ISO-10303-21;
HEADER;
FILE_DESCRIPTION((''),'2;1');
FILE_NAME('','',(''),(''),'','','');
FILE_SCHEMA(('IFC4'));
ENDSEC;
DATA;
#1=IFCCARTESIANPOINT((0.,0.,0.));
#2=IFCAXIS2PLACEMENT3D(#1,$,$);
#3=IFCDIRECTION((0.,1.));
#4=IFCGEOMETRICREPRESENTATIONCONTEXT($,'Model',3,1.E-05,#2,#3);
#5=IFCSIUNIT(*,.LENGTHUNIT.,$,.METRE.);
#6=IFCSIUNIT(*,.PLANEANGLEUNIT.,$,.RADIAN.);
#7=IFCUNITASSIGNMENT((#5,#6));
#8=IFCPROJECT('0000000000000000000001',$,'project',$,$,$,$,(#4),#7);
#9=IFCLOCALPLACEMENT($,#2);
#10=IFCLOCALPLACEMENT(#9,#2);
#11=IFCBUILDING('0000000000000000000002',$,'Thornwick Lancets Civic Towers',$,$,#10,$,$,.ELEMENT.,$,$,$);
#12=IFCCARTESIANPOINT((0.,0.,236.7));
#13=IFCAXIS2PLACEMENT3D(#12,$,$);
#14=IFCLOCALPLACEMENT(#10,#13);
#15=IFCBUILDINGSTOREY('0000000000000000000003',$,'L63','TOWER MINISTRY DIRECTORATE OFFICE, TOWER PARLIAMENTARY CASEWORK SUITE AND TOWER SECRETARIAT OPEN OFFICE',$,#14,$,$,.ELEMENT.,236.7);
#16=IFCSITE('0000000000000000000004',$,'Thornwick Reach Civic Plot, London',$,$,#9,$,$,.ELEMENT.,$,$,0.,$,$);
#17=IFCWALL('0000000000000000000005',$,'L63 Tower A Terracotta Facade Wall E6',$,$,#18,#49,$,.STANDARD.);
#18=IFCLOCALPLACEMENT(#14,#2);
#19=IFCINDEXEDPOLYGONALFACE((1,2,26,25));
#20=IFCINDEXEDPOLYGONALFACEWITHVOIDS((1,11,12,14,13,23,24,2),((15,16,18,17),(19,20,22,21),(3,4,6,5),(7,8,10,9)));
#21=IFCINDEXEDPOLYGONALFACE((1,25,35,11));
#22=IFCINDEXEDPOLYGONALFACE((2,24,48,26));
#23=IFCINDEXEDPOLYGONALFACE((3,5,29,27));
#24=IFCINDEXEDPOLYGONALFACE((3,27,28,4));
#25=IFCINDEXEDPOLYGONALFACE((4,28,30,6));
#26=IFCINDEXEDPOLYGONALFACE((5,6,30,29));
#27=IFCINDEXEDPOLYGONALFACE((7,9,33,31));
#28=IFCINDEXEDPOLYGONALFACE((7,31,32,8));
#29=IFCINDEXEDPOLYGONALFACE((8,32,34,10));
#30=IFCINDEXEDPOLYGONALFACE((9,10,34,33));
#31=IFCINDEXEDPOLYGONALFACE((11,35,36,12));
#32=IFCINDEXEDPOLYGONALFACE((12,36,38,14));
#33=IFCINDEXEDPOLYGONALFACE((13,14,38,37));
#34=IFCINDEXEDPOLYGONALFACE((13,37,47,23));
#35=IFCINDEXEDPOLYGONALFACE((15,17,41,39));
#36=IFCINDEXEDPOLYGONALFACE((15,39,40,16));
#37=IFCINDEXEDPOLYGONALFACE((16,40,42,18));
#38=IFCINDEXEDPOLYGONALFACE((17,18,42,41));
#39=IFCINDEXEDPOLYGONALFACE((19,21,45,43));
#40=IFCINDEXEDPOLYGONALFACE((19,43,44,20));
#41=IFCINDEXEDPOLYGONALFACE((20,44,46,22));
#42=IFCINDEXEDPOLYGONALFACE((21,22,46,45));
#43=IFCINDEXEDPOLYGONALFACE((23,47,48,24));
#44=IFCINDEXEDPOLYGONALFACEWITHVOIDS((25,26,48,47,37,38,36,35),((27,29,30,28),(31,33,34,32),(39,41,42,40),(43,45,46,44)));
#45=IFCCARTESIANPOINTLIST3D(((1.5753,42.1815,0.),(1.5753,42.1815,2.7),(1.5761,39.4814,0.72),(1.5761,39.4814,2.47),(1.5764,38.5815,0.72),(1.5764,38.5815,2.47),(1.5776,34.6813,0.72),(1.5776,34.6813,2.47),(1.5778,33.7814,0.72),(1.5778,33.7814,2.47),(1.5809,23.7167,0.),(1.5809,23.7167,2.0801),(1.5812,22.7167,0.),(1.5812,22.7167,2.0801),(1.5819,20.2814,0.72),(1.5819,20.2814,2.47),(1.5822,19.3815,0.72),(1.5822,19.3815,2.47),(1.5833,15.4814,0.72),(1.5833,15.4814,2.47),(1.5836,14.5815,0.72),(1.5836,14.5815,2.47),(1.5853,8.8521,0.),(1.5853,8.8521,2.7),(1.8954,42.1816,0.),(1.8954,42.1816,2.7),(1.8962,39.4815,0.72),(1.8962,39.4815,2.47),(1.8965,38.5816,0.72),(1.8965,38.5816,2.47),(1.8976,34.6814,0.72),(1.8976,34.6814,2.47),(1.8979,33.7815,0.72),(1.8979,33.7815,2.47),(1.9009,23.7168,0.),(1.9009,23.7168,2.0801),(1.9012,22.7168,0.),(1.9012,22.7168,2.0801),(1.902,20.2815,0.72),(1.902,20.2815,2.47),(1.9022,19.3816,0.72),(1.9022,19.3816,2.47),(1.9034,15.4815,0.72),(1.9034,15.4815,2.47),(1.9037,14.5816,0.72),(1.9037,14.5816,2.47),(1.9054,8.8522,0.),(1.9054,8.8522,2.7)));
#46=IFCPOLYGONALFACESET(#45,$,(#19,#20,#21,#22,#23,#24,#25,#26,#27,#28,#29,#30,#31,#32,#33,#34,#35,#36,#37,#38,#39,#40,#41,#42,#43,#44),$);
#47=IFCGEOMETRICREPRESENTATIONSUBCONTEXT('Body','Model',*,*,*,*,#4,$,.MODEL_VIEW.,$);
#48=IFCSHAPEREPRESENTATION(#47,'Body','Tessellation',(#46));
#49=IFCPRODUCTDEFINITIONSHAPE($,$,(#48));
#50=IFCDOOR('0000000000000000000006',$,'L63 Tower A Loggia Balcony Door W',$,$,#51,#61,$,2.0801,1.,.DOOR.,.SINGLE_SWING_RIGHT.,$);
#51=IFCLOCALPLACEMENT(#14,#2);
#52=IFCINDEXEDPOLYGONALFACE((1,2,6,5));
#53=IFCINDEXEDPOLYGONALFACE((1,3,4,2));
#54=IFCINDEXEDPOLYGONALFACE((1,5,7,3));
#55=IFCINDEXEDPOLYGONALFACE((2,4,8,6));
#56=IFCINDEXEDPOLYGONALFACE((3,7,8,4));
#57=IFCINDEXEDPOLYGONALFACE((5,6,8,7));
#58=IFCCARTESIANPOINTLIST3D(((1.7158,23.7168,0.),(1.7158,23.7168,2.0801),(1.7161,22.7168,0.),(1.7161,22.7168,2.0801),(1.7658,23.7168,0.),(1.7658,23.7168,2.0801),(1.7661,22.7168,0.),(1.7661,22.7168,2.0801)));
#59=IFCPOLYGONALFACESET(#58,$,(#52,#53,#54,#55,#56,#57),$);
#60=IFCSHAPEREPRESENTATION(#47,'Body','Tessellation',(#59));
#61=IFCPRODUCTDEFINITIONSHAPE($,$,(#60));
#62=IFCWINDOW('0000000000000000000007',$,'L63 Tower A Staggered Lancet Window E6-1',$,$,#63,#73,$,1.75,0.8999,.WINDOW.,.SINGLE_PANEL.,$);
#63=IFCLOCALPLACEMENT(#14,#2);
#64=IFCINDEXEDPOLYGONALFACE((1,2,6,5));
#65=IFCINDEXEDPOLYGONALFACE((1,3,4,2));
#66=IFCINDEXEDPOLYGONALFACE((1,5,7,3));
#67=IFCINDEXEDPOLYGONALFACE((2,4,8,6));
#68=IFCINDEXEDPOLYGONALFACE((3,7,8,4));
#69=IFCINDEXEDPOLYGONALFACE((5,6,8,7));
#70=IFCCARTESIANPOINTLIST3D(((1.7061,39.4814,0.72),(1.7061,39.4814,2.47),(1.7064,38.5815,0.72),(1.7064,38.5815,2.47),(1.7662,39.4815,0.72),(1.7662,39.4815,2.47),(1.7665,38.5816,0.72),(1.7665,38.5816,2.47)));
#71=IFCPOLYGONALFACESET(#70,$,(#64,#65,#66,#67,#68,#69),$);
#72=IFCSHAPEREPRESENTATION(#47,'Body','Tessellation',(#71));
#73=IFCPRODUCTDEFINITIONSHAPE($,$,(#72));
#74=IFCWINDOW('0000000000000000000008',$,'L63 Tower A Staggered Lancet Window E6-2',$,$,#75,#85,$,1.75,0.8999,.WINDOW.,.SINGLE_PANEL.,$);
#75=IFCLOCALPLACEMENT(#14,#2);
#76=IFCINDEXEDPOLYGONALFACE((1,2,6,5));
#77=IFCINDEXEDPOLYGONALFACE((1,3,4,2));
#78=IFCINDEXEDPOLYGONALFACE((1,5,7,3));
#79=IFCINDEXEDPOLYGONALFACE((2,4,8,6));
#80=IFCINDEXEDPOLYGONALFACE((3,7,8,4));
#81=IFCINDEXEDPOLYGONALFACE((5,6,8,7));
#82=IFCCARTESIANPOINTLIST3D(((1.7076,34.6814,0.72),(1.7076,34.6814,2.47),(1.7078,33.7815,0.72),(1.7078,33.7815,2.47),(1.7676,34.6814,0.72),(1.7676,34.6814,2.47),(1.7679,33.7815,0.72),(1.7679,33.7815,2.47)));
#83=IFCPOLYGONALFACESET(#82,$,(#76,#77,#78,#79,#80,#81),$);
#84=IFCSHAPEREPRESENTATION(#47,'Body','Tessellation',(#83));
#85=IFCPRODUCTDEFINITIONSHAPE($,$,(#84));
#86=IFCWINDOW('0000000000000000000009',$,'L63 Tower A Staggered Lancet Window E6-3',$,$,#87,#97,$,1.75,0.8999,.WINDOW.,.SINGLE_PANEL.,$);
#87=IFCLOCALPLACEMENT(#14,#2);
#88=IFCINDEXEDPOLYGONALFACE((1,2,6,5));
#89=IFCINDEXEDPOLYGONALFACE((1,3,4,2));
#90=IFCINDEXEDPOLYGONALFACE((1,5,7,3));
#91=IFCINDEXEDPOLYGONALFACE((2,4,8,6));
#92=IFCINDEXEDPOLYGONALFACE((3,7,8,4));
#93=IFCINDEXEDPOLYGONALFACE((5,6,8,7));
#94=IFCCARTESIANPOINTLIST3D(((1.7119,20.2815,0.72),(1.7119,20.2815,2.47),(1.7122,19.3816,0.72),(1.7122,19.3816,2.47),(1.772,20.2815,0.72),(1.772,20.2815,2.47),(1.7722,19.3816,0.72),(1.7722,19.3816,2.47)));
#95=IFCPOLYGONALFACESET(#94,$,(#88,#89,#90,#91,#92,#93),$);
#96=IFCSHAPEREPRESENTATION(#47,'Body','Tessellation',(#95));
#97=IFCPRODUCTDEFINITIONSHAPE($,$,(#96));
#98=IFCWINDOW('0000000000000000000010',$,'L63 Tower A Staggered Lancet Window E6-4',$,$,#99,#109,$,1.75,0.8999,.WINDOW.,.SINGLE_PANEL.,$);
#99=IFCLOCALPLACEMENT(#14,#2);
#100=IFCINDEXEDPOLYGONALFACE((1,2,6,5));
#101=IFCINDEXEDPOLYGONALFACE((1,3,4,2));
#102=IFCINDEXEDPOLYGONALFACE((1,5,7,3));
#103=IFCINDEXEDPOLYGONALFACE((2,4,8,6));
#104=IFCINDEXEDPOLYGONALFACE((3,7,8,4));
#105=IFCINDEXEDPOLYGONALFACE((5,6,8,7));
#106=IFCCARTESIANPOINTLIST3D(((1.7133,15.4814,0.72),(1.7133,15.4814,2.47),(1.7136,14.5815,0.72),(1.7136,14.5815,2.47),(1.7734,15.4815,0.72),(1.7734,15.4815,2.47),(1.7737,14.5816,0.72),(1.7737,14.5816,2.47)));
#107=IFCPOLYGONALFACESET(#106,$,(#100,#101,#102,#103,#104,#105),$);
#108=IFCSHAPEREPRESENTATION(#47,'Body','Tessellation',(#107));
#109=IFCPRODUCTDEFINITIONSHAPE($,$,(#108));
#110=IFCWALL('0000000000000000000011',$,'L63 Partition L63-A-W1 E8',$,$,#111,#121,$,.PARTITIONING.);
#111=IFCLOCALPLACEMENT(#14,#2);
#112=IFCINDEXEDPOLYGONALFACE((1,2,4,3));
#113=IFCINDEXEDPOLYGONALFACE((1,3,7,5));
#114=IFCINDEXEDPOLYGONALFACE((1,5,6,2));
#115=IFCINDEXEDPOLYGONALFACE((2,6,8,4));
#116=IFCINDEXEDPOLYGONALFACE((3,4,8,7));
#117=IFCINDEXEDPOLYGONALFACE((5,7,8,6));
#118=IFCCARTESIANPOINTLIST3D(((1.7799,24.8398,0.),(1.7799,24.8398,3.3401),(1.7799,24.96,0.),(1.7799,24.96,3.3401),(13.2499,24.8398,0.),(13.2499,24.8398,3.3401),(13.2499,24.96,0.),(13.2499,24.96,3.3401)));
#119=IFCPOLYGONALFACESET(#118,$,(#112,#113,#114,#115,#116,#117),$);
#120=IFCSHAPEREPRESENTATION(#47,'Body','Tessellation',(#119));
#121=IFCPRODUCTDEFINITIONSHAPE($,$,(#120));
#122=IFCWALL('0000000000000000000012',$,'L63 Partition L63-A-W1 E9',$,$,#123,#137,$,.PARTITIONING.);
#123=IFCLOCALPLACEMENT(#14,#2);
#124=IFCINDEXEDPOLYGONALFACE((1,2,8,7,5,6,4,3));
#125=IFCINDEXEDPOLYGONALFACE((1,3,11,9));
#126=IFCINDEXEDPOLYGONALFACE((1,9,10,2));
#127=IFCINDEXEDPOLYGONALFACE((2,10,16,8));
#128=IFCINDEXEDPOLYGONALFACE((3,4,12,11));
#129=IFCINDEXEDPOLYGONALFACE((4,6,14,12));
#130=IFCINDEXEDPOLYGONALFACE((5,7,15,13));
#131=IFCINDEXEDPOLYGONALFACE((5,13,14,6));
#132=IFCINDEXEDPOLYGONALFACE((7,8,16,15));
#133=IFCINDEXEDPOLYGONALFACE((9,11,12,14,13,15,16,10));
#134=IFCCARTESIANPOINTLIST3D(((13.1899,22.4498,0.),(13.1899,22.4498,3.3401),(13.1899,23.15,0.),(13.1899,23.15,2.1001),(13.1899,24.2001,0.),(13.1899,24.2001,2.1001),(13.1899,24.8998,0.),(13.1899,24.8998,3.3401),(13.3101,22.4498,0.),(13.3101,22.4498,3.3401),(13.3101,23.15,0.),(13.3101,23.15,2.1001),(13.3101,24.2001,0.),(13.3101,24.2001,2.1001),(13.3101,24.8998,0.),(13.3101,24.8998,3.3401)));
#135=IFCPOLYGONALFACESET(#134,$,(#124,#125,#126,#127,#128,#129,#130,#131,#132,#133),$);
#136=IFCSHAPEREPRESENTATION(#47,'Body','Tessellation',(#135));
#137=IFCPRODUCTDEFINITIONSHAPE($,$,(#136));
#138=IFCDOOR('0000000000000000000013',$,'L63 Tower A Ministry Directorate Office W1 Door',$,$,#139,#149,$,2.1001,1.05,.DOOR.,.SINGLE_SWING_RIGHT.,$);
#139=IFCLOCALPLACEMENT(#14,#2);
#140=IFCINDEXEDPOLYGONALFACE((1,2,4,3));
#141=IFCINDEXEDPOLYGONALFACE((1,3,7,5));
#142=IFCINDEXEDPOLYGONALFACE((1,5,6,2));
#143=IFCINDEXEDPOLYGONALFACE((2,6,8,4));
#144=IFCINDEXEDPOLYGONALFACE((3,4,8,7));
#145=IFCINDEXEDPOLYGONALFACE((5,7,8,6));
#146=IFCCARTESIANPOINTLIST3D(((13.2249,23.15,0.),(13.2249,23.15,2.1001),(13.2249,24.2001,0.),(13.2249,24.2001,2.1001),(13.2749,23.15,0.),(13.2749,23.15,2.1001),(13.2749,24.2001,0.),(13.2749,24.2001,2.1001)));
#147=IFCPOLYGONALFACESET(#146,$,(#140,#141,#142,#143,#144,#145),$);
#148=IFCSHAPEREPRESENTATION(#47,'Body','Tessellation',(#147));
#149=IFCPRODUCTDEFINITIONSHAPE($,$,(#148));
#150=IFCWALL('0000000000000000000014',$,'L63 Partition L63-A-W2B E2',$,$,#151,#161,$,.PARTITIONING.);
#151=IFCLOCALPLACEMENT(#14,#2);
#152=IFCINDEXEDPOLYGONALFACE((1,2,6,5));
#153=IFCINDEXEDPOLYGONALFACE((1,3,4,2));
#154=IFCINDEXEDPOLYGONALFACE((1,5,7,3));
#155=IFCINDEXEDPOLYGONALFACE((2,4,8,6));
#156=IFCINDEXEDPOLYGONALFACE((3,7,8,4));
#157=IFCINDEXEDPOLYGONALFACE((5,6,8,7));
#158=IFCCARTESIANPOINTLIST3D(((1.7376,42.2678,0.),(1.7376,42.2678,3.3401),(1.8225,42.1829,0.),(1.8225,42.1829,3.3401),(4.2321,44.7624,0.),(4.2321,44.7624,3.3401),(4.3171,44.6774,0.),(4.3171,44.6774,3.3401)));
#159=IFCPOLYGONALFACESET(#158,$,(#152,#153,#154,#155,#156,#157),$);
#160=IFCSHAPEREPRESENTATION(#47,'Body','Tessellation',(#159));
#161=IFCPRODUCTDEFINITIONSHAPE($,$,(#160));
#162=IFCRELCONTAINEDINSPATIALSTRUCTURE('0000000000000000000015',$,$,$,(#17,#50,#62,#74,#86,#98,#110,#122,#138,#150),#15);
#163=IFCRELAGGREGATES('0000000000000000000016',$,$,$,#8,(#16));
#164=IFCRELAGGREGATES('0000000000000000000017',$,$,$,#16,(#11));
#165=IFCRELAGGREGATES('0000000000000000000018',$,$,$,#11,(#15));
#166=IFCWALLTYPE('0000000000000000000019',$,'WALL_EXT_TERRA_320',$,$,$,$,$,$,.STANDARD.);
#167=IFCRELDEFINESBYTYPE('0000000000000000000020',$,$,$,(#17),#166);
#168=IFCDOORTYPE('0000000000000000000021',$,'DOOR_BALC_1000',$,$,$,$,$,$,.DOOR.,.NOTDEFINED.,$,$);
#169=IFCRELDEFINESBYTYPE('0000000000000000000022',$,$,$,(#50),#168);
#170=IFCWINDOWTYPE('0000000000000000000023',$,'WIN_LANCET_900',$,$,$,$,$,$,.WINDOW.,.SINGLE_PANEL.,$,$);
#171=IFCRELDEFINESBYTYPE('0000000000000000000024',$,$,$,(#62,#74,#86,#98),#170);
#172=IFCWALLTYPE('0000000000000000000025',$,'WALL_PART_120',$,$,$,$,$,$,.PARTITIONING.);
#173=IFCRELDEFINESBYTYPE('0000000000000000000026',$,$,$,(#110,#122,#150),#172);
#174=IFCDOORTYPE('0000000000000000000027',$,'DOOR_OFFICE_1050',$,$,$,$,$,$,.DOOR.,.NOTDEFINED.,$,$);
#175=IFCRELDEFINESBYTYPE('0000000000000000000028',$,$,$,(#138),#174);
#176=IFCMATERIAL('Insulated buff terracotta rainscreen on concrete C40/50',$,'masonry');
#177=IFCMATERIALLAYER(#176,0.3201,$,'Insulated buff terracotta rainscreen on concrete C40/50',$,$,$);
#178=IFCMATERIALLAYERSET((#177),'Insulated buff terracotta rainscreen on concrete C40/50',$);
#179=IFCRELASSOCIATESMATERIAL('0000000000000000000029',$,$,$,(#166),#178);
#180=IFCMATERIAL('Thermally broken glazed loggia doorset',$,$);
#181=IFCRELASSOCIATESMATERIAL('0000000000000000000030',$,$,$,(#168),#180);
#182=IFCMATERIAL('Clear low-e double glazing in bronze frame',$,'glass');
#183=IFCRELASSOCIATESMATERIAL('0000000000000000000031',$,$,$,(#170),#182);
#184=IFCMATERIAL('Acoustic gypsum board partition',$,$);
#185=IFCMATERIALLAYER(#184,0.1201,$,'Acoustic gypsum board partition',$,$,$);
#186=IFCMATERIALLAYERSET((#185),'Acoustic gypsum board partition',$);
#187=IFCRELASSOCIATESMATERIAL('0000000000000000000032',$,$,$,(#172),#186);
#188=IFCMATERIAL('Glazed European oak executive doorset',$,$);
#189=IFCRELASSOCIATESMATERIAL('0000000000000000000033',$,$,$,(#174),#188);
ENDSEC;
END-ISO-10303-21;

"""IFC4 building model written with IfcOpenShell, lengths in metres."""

from ifc_helpers import new_model, si_unit, direction, frame, frame_2d, origin, place, context, subcontext, project, spatial, rectangle, extrude, material, layer, layer_set, type_object, element, fill, save


model = new_model("IFC4")

# Units and contexts
model_context = context("Model", 3, precision=1e-05, world=origin(), true_north=direction((0.0, 1.0)))
body_context = subcontext(model_context, "Body", "Model", "MODEL_VIEW")
ifc_project = project(units=[si_unit("LENGTHUNIT", "METRE"), si_unit("PLANEANGLEUNIT", "RADIAN")], contexts=[model_context])

# Site, building, storey
site_placement = place(None, origin())
site = spatial("IfcSite", under=ifc_project, at=site_placement, Name="Thornwick Reach Civic Plot, London", CompositionType="ELEMENT", RefElevation=0.0)
building_placement = place(site_placement, origin())
building = spatial("IfcBuilding", under=site, at=building_placement, Name="Thornwick Lancets Civic Towers", CompositionType="ELEMENT")
storey_placement = place(building_placement, frame((0.0, 0.0, 236.7)))
storey = spatial("IfcBuildingStorey", under=building, at=storey_placement, Name="L63", Description="TOWER MINISTRY DIRECTORATE OFFICE, TOWER PARLIAMENTARY CASEWORK SUITE AND TOWER SECRETARIAT OPEN OFFICE", CompositionType="ELEMENT", Elevation=236.7)

# Wall, openings, door, windows
ifc_material_1 = material(Name="Insulated buff terracotta rainscreen on concrete C40/50", Category="masonry")
ifc_layer_1 = layer(ifc_material_1, 0.3201, Name="Insulated buff terracotta rainscreen on concrete C40/50")
ifc_layer_set_1 = layer_set([ifc_layer_1], Name="Insulated buff terracotta rainscreen on concrete C40/50")
wall_type_1 = type_object("IfcWallType", Name="WALL_EXT_TERRA_320", PredefinedType="STANDARD", material=ifc_layer_set_1)
wall_1_placement = place(storey_placement, frame((1.7354, 42.1814, 0.0), z_axis=(0.0, 0.0, 1.0), x_axis=(0.0003, -1.0, 0.0)))
wall_1 = element("IfcWall", 1, at=wall_1_placement, inside=storey, type_object=wall_type_1, Name="L63 Tower A Terracotta Facade Wall E6", PredefinedType="STANDARD", context=body_context, shape_type="SweptSolid", body=[
    extrude(rectangle(XDim=33.3293, YDim=0.3201, at=frame_2d((16.6646, 0.0))), origin(), (0.0, 0.0, 1.0), 2.7),
])
opening_1_placement = place(wall_1_placement, frame((18.4646, 0.0, 0.0)))
opening_1 = element("IfcOpeningElement", 2, at=opening_1_placement, cuts=wall_1, PredefinedType="OPENING", context=body_context, shape_type="SweptSolid", body=[
    extrude(rectangle(XDim=1.0, YDim=2.0801, at=frame_2d((0.5, 1.04))), frame((0.0, 0.1699, 0.0), z_axis=(0.0, -1.0, 0.0), x_axis=(1.0, 0.0, 0.0)), (0.0, 0.0, 1.0), 0.3401),
])
opening_2_placement = place(wall_1_placement, frame((2.7, 0.0, 0.72)))
opening_2 = element("IfcOpeningElement", 3, at=opening_2_placement, cuts=wall_1, PredefinedType="OPENING", context=body_context, shape_type="SweptSolid", body=[
    extrude(rectangle(XDim=0.8999, YDim=1.75, at=frame_2d((0.45, 0.875))), frame((0.0, 0.1699, 0.0), z_axis=(0.0, -1.0, 0.0), x_axis=(1.0, 0.0, 0.0)), (0.0, 0.0, 1.0), 0.3401),
])
opening_3_placement = place(wall_1_placement, frame((7.5, 0.0, 0.72)))
opening_3 = element("IfcOpeningElement", 4, at=opening_3_placement, cuts=wall_1, PredefinedType="OPENING", context=body_context, shape_type="SweptSolid", body=[
    extrude(rectangle(XDim=0.8999, YDim=1.75, at=frame_2d((0.45, 0.875))), frame((0.0, 0.1699, 0.0), z_axis=(0.0, -1.0, 0.0), x_axis=(1.0, 0.0, 0.0)), (0.0, 0.0, 1.0), 0.3401),
])
opening_4_placement = place(wall_1_placement, frame((21.8999, 0.0, 0.72)))
opening_4 = element("IfcOpeningElement", 5, at=opening_4_placement, cuts=wall_1, PredefinedType="OPENING", context=body_context, shape_type="SweptSolid", body=[
    extrude(rectangle(XDim=0.8999, YDim=1.75, at=frame_2d((0.45, 0.875))), frame((0.0, 0.1699, 0.0), z_axis=(0.0, -1.0, 0.0), x_axis=(1.0, 0.0, 0.0)), (0.0, 0.0, 1.0), 0.3401),
])
opening_5_placement = place(wall_1_placement, frame((26.7, 0.0, 0.72)))
opening_5 = element("IfcOpeningElement", 6, at=opening_5_placement, cuts=wall_1, PredefinedType="OPENING", context=body_context, shape_type="SweptSolid", body=[
    extrude(rectangle(XDim=0.8999, YDim=1.75, at=frame_2d((0.45, 0.875))), frame((0.0, 0.1699, 0.0), z_axis=(0.0, -1.0, 0.0), x_axis=(1.0, 0.0, 0.0)), (0.0, 0.0, 1.0), 0.3401),
])
ifc_material_2 = material(Name="Thermally broken glazed loggia doorset")
door_type_1 = type_object("IfcDoorType", Name="DOOR_BALC_1000", OperationType="NOTDEFINED", PredefinedType="DOOR", material=ifc_material_2)
door_1_placement = place(opening_1_placement, origin())
door_1 = element("IfcDoor", 7, at=door_1_placement, inside=storey, type_object=door_type_1, Name="L63 Tower A Loggia Balcony Door W", OperationType="SINGLE_SWING_RIGHT", OverallHeight=2.0801, OverallWidth=1.0, PredefinedType="DOOR", context=body_context, shape_type="SweptSolid", body=[
    extrude(rectangle(XDim=1.0, YDim=2.0801, at=frame_2d((0.5, 1.04))), frame((0.0, 0.0249, 0.0), z_axis=(0.0, -1.0, 0.0), x_axis=(1.0, 0.0, 0.0)), (0.0, 0.0, 1.0), 0.05),
])
fill(opening_1, door_1)
ifc_material_3 = material(Name="Clear low-e double glazing in bronze frame", Category="glass")
window_type = type_object("IfcWindowType", Name="WIN_LANCET_900", PartitioningType="SINGLE_PANEL", PredefinedType="WINDOW", material=ifc_material_3)
window_1_placement = place(opening_2_placement, origin())
window_1 = element("IfcWindow", 8, at=window_1_placement, inside=storey, type_object=window_type, Name="L63 Tower A Staggered Lancet Window E6-1", OverallHeight=1.75, OverallWidth=0.8999, PartitioningType="SINGLE_PANEL", PredefinedType="WINDOW", context=body_context, shape_type="SweptSolid", body=[
    extrude(rectangle(XDim=0.8999, YDim=1.75, at=frame_2d((0.45, 0.875))), frame((0.0, 0.03, 0.0), z_axis=(0.0, -1.0, 0.0), x_axis=(1.0, 0.0, 0.0)), (0.0, 0.0, 1.0), 0.0601),
])
fill(opening_2, window_1)
window_2_placement = place(opening_3_placement, origin())
window_2 = element("IfcWindow", 9, at=window_2_placement, inside=storey, type_object=window_type, Name="L63 Tower A Staggered Lancet Window E6-2", OverallHeight=1.75, OverallWidth=0.8999, PartitioningType="SINGLE_PANEL", PredefinedType="WINDOW", context=body_context, shape_type="SweptSolid", body=[
    extrude(rectangle(XDim=0.8999, YDim=1.75, at=frame_2d((0.45, 0.875))), frame((0.0, 0.03, 0.0), z_axis=(0.0, -1.0, 0.0), x_axis=(1.0, 0.0, 0.0)), (0.0, 0.0, 1.0), 0.0601),
])
fill(opening_3, window_2)
window_3_placement = place(opening_4_placement, origin())
window_3 = element("IfcWindow", 10, at=window_3_placement, inside=storey, type_object=window_type, Name="L63 Tower A Staggered Lancet Window E6-3", OverallHeight=1.75, OverallWidth=0.8999, PartitioningType="SINGLE_PANEL", PredefinedType="WINDOW", context=body_context, shape_type="SweptSolid", body=[
    extrude(rectangle(XDim=0.8999, YDim=1.75, at=frame_2d((0.45, 0.875))), frame((0.0, 0.03, 0.0), z_axis=(0.0, -1.0, 0.0), x_axis=(1.0, 0.0, 0.0)), (0.0, 0.0, 1.0), 0.0601),
])
fill(opening_4, window_3)
window_4_placement = place(opening_5_placement, origin())
window_4 = element("IfcWindow", 11, at=window_4_placement, inside=storey, type_object=window_type, Name="L63 Tower A Staggered Lancet Window E6-4", OverallHeight=1.75, OverallWidth=0.8999, PartitioningType="SINGLE_PANEL", PredefinedType="WINDOW", context=body_context, shape_type="SweptSolid", body=[
    extrude(rectangle(XDim=0.8999, YDim=1.75, at=frame_2d((0.45, 0.875))), frame((0.0, 0.03, 0.0), z_axis=(0.0, -1.0, 0.0), x_axis=(1.0, 0.0, 0.0)), (0.0, 0.0, 1.0), 0.0601),
])
fill(opening_5, window_4)

# Wall
ifc_material_4 = material(Name="Acoustic gypsum board partition")
ifc_layer_2 = layer(ifc_material_4, 0.1201, Name="Acoustic gypsum board partition")
ifc_layer_set_2 = layer_set([ifc_layer_2], Name="Acoustic gypsum board partition")
wall_type_2 = type_object("IfcWallType", Name="WALL_PART_120", PredefinedType="PARTITIONING", material=ifc_layer_set_2)
wall_2_placement = place(storey_placement, frame((1.78, 24.8999, 0.0), z_axis=(0.0, 0.0, 1.0), x_axis=(1.0, 0.0, 0.0)))
element("IfcWall", 12, at=wall_2_placement, inside=storey, type_object=wall_type_2, Name="L63 Partition L63-A-W1 E8", PredefinedType="PARTITIONING", context=body_context, shape_type="SweptSolid", body=[
    extrude(rectangle(XDim=11.47, YDim=0.1201, at=frame_2d((5.7349, 0.0))), origin(), (0.0, 0.0, 1.0), 3.3401),
])

# Wall, opening, door
wall_3_placement = place(storey_placement, frame((13.25, 24.8999, 0.0), z_axis=(0.0, 0.0, 1.0), x_axis=(0.0, -1.0, 0.0)))
wall_3 = element("IfcWall", 13, at=wall_3_placement, inside=storey, type_object=wall_type_2, Name="L63 Partition L63-A-W1 E9", PredefinedType="PARTITIONING", context=body_context, shape_type="SweptSolid", body=[
    extrude(rectangle(XDim=2.45, YDim=0.1201, at=frame_2d((1.2251, 0.0))), origin(), (0.0, 0.0, 1.0), 3.3401),
])
opening_6_placement = place(wall_3_placement, frame((0.7, 0.0, 0.0)))
opening_6 = element("IfcOpeningElement", 14, at=opening_6_placement, cuts=wall_3, PredefinedType="OPENING", context=body_context, shape_type="SweptSolid", body=[
    extrude(rectangle(XDim=1.05, YDim=2.1001, at=frame_2d((0.5249, 1.05))), frame((0.0, 0.0701, 0.0), z_axis=(0.0, -1.0, 0.0), x_axis=(1.0, 0.0, 0.0)), (0.0, 0.0, 1.0), 0.1401),
])
ifc_material_5 = material(Name="Glazed European oak executive doorset")
door_type_2 = type_object("IfcDoorType", Name="DOOR_OFFICE_1050", OperationType="NOTDEFINED", PredefinedType="DOOR", material=ifc_material_5)
door_2_placement = place(opening_6_placement, origin())
door_2 = element("IfcDoor", 15, at=door_2_placement, inside=storey, type_object=door_type_2, Name="L63 Tower A Ministry Directorate Office W1 Door", OperationType="SINGLE_SWING_RIGHT", OverallHeight=2.1001, OverallWidth=1.05, PredefinedType="DOOR", context=body_context, shape_type="SweptSolid", body=[
    extrude(rectangle(XDim=1.05, YDim=2.1001, at=frame_2d((0.5249, 1.05))), frame((0.0, 0.0249, 0.0), z_axis=(0.0, -1.0, 0.0), x_axis=(1.0, 0.0, 0.0)), (0.0, 0.0, 1.0), 0.05),
])
fill(opening_6, door_2)

# Wall
wall_4_placement = place(storey_placement, frame((1.78, 42.2253, 0.0), z_axis=(0.0, 0.0, 1.0), x_axis=(0.707107, 0.707107, 0.0)))
element("IfcWall", 16, at=wall_4_placement, inside=storey, type_object=wall_type_2, Name="L63 Partition L63-A-W2B E2", PredefinedType="PARTITIONING", context=body_context, shape_type="SweptSolid", body=[
    extrude(rectangle(XDim=3.5278, YDim=0.1201, at=frame_2d((1.7639, 0.0))), origin(), (0.0, 0.0, 1.0), 3.3401),
])

save(model, "model.ifc")
